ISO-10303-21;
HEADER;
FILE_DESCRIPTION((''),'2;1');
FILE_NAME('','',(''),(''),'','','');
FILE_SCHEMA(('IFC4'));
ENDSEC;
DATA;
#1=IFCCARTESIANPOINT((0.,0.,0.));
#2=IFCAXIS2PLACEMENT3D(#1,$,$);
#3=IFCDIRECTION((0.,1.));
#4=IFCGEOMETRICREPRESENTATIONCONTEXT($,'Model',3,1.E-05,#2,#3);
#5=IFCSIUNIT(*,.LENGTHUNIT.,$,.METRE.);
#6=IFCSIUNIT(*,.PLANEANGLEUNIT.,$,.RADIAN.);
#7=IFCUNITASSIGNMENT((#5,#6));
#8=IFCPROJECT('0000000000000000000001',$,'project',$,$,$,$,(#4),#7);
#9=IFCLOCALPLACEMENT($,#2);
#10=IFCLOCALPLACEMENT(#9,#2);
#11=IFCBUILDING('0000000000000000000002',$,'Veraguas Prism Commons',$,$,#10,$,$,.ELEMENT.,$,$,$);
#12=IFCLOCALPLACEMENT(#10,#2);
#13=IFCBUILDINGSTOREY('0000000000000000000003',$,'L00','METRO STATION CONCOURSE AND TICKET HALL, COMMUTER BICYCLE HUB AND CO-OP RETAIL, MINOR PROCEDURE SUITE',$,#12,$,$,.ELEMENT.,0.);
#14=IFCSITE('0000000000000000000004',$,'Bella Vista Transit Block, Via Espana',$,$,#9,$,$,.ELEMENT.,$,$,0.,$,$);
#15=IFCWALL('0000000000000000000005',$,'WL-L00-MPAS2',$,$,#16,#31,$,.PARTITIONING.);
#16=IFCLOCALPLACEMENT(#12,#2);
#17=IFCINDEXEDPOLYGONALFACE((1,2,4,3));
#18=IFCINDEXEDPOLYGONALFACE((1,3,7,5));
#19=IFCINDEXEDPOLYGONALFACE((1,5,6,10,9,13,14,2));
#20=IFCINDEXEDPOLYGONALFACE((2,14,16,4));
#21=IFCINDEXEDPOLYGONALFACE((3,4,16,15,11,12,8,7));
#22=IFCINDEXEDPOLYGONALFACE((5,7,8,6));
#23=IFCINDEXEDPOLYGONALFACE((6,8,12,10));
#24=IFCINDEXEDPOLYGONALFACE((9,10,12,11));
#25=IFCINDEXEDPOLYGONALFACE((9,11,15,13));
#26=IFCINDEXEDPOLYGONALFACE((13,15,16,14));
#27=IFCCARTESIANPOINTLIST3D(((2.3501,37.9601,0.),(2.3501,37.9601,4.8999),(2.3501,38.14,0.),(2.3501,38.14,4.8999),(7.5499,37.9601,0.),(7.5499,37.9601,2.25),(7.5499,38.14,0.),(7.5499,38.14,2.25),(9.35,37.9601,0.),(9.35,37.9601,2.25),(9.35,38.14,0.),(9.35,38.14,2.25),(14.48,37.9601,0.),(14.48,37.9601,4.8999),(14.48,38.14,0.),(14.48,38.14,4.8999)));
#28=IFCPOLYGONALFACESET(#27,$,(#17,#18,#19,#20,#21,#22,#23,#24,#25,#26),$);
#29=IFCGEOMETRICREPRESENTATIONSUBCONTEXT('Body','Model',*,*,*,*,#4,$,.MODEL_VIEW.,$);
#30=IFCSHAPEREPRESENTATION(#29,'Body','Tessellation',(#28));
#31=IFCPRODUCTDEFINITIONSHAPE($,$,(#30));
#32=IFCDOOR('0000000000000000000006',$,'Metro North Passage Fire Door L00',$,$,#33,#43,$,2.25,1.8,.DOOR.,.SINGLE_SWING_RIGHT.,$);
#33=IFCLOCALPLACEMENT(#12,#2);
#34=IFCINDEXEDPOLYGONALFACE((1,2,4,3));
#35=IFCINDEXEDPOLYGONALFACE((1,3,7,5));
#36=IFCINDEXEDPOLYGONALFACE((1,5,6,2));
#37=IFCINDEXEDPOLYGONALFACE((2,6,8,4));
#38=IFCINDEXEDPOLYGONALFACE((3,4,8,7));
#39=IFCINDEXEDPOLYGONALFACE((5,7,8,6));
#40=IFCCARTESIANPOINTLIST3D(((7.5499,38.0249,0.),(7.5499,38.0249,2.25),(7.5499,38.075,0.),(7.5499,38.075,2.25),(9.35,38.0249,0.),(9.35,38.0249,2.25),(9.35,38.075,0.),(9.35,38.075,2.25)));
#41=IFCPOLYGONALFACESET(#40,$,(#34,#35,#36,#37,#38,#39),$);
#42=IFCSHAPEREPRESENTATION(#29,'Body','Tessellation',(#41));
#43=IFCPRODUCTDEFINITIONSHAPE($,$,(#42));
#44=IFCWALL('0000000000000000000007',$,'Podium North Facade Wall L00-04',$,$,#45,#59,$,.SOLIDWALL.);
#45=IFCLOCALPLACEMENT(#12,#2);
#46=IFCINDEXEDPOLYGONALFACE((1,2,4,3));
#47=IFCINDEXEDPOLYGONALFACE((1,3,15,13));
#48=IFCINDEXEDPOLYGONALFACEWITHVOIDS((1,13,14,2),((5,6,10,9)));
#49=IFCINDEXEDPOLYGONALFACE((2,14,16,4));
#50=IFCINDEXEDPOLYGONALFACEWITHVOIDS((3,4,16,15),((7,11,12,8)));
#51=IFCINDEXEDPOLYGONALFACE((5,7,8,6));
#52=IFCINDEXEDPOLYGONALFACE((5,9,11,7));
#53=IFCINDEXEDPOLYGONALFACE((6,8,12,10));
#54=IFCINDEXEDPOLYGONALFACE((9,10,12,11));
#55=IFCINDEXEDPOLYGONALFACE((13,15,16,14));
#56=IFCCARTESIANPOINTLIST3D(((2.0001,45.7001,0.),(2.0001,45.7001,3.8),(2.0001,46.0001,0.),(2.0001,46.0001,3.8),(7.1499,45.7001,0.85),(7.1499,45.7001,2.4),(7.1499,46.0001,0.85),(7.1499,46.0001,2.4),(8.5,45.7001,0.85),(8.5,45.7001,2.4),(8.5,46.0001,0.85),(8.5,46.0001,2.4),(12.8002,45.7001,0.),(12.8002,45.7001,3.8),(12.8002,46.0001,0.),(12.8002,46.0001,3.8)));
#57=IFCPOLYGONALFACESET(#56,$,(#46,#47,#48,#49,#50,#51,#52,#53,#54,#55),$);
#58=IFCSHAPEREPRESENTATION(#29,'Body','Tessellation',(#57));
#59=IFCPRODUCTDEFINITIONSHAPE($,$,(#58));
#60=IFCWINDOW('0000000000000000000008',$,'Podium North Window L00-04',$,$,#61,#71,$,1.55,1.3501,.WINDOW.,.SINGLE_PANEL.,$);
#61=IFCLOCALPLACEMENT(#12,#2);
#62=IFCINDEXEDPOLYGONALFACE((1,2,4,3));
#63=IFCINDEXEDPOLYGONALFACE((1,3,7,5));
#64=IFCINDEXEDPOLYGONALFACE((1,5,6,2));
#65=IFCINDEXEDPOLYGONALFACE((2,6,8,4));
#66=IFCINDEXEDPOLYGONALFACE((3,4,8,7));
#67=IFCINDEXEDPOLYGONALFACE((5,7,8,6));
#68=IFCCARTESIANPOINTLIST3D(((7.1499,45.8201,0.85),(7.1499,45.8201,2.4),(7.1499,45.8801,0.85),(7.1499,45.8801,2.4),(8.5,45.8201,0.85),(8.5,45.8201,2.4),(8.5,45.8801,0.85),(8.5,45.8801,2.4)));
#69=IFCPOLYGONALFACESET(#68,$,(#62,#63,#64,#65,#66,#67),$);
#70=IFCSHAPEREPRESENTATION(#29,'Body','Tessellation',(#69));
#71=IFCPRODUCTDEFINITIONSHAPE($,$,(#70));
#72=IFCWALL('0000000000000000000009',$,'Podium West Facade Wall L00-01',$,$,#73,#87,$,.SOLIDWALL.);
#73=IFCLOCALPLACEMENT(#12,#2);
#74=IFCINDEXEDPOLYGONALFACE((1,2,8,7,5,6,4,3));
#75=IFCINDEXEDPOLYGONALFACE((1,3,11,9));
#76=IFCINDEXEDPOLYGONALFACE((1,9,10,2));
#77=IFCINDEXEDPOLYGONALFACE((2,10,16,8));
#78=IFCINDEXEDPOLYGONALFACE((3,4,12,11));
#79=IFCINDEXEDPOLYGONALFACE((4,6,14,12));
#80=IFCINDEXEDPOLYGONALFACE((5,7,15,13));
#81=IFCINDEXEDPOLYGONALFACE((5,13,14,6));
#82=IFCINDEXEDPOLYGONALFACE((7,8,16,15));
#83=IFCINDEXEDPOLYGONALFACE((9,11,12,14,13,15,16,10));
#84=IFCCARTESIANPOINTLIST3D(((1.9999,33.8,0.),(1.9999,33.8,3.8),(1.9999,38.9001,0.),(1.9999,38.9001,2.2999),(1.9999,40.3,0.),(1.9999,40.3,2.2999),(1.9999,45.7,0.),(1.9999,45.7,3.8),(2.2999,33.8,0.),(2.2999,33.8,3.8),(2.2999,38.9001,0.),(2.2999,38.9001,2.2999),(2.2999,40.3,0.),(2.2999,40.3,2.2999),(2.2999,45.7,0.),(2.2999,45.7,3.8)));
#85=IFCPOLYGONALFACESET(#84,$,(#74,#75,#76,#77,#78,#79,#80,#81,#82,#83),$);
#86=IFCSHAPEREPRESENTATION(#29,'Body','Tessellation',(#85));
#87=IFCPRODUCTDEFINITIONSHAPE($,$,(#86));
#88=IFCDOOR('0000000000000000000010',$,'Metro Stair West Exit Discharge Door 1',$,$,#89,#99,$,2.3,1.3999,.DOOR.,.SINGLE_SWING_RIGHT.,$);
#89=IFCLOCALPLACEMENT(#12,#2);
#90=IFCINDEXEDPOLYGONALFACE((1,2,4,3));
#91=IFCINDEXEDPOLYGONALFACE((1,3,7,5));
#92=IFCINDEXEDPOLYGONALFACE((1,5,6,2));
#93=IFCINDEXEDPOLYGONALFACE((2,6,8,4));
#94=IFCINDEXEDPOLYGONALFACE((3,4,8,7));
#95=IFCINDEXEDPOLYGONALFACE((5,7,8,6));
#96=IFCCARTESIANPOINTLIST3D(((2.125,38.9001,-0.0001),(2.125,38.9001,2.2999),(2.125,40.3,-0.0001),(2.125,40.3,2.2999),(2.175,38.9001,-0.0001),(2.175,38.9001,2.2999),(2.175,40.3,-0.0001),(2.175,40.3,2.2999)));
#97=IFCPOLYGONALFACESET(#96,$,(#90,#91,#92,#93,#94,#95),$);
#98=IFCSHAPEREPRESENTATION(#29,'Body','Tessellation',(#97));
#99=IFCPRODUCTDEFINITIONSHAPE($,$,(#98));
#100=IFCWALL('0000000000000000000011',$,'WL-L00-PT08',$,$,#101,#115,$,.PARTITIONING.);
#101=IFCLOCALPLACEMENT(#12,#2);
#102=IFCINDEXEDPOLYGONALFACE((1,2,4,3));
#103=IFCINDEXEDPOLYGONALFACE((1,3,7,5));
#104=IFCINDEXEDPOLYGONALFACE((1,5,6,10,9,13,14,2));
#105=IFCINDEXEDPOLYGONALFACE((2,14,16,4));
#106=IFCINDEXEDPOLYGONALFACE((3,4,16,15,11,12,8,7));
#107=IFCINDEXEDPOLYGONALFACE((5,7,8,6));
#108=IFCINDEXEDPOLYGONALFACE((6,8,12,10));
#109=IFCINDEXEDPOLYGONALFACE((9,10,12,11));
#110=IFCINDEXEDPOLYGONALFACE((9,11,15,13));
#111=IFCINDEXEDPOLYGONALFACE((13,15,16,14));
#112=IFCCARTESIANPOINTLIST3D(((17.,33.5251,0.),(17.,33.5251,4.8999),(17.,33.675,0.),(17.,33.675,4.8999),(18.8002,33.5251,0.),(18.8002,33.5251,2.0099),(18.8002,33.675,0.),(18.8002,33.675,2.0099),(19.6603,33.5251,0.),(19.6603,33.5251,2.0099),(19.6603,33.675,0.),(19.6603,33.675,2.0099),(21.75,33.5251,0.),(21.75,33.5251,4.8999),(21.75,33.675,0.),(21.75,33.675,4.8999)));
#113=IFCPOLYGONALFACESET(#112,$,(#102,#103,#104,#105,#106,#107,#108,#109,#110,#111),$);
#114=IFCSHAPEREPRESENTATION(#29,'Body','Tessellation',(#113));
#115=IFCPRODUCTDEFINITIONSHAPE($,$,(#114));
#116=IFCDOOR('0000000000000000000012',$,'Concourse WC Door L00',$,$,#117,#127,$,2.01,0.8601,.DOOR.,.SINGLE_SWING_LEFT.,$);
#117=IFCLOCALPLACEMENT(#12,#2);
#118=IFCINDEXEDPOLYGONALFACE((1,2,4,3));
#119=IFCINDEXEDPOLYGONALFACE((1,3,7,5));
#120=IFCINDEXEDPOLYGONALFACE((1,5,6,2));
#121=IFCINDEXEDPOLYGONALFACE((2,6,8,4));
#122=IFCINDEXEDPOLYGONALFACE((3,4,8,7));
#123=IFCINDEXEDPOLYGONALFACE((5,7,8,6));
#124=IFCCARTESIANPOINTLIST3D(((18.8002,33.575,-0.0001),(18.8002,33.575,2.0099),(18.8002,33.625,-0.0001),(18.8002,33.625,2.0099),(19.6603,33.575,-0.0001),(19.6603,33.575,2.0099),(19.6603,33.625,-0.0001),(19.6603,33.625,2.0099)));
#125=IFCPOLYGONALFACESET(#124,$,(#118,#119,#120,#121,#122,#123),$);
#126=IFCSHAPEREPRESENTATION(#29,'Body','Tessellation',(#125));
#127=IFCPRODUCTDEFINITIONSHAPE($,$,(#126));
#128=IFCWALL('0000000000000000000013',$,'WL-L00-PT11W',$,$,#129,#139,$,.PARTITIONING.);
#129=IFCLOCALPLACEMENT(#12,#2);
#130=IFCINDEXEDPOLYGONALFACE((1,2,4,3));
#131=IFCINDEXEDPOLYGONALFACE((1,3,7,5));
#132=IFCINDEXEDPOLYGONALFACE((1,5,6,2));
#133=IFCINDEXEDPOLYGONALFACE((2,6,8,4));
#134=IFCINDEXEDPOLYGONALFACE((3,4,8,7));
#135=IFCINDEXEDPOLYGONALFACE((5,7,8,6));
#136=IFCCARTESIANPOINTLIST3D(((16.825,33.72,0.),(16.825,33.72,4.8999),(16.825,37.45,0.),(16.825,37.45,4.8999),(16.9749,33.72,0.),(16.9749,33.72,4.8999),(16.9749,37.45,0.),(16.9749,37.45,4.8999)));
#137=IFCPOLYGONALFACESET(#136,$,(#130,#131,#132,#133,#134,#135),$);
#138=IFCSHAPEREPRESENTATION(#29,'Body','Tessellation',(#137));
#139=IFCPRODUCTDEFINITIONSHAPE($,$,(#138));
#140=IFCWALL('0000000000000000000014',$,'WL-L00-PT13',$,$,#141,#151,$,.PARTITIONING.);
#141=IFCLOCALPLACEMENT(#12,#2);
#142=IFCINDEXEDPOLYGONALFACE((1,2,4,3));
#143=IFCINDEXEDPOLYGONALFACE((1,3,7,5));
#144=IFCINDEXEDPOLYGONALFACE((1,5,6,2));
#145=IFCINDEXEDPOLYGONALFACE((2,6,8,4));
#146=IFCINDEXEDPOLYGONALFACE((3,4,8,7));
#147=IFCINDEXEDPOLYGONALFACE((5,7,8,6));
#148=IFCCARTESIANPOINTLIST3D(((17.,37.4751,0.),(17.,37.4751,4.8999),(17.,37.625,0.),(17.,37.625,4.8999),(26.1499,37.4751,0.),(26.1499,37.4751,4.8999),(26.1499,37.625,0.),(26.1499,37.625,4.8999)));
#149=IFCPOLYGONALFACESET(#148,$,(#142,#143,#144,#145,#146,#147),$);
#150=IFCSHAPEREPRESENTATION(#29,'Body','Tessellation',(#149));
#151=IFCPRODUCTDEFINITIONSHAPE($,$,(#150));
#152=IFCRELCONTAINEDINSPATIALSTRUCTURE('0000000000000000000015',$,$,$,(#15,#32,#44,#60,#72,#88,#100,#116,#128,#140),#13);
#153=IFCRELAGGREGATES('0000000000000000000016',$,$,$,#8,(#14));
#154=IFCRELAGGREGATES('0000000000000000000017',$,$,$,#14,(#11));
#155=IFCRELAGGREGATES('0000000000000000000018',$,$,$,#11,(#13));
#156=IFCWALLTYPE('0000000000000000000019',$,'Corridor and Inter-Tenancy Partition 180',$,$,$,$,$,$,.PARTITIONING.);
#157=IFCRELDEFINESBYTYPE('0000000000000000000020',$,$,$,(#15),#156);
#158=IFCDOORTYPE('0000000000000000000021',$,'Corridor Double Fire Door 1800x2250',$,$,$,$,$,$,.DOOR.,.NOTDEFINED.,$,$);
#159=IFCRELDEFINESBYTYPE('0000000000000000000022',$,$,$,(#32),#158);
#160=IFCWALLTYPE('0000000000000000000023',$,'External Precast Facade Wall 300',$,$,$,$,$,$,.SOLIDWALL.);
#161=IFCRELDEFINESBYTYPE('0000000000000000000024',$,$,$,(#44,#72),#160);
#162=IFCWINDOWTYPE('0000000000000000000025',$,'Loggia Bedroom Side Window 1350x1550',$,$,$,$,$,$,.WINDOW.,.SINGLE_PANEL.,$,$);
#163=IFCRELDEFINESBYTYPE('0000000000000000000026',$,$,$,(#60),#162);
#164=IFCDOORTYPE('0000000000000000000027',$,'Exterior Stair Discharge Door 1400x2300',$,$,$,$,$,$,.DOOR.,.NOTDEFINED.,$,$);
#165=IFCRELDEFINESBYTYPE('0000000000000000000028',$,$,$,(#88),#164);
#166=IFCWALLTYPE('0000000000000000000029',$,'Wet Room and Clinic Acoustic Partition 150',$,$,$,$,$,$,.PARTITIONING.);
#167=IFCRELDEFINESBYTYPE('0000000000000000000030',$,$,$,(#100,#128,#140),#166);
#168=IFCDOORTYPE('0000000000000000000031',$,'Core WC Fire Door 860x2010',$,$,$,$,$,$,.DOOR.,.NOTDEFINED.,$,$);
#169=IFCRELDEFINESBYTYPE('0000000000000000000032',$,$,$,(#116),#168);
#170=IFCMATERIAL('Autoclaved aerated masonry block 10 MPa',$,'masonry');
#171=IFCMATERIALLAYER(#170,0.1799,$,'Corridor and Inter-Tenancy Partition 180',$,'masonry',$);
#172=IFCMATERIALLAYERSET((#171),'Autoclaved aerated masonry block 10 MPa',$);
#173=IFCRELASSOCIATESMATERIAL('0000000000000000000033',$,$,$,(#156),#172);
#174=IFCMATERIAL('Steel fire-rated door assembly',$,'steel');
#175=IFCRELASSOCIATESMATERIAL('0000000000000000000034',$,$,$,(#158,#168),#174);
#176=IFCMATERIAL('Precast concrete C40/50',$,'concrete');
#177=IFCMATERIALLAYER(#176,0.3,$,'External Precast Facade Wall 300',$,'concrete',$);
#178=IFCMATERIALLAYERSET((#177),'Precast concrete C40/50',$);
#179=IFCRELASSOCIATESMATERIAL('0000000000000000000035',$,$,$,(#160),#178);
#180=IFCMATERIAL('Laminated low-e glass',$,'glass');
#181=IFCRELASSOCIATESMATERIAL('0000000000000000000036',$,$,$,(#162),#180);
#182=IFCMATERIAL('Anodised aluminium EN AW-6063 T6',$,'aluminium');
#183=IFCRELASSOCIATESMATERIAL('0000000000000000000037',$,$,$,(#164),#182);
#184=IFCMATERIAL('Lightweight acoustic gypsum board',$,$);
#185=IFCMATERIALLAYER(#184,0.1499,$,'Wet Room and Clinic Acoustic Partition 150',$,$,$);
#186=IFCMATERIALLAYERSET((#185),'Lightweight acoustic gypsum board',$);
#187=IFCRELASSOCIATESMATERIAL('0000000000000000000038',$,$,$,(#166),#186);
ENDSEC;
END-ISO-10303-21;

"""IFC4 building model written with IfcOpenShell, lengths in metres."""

from ifc_helpers import new_model, si_unit, direction, frame, frame_2d, origin, place, context, subcontext, project, spatial, rectangle, extrude, source, transform, mapped, material, layer, layer_set, type_object, element, fill, save


model = new_model("IFC4")

# Units and contexts
model_context = context("Model", 3, precision=1e-05, world=origin(), true_north=direction((0.0, 1.0)))
body_context = subcontext(model_context, "Body", "Model", "MODEL_VIEW")
ifc_project = project(units=[si_unit("LENGTHUNIT", "METRE"), si_unit("PLANEANGLEUNIT", "RADIAN")], contexts=[model_context])

# Site, building, storey
site_placement = place(None, origin())
site = spatial("IfcSite", under=ifc_project, at=site_placement, Name="Bella Vista Transit Block, Via Espana", CompositionType="ELEMENT", RefElevation=0.0)
building_placement = place(site_placement, origin())
building = spatial("IfcBuilding", under=site, at=building_placement, Name="Veraguas Prism Commons", CompositionType="ELEMENT")
storey_placement = place(building_placement, origin())
storey = spatial("IfcBuildingStorey", under=building, at=storey_placement, Name="L00", Description="METRO STATION CONCOURSE AND TICKET HALL, COMMUTER BICYCLE HUB AND CO-OP RETAIL, MINOR PROCEDURE SUITE", CompositionType="ELEMENT", Elevation=0.0)

# Shared definitions
ifc_material_1 = material(Name="Steel fire-rated door assembly", Category="steel")

# Wall, opening, door
ifc_material_2 = material(Name="Autoclaved aerated masonry block 10 MPa", Category="masonry")
ifc_layer_1 = layer(ifc_material_2, 0.1799, Name="Corridor and Inter-Tenancy Partition 180", Category="masonry")
ifc_layer_set_1 = layer_set([ifc_layer_1], Name="Autoclaved aerated masonry block 10 MPa")
wall_type_1 = type_object("IfcWallType", Name="Corridor and Inter-Tenancy Partition 180", PredefinedType="PARTITIONING", material=ifc_layer_set_1)
wall_1_placement = place(storey_placement, frame((2.3501, 38.05, 0.0), z_axis=(0.0, 0.0, 1.0), x_axis=(1.0, 0.0, 0.0)))
wall_1 = element("IfcWall", 1, at=wall_1_placement, inside=storey, type_object=wall_type_1, Name="WL-L00-MPAS2", PredefinedType="PARTITIONING", context=body_context, shape_type="SweptSolid", body=[
    extrude(rectangle(XDim=12.1299, YDim=0.1799, at=frame_2d((6.0649, 0.0))), origin(), (0.0, 0.0, 1.0), 4.8999),
])
opening_1_placement = place(wall_1_placement, frame((5.2, 0.0, 0.0)))
opening_1 = element("IfcOpeningElement", 2, at=opening_1_placement, cuts=wall_1, PredefinedType="OPENING", context=body_context, shape_type="SweptSolid", body=[
    extrude(rectangle(XDim=1.8, YDim=2.25, at=frame_2d((0.8999, 1.125))), frame((0.0, 0.0999, 0.0), z_axis=(0.0, -1.0, 0.0), x_axis=(1.0, 0.0, 0.0)), (0.0, 0.0, 1.0), 0.2),
])
door_type_1 = type_object("IfcDoorType", Name="Corridor Double Fire Door 1800x2250", OperationType="NOTDEFINED", PredefinedType="DOOR", material=ifc_material_1)
shared_shape_1 = source(origin(), body_context, "Body", "SweptSolid", [
    extrude(rectangle(XDim=1.8, YDim=2.25, at=frame_2d((0.8999, 1.125))), frame((0.0, 0.0249, 0.0), z_axis=(0.0, -1.0, 0.0), x_axis=(1.0, 0.0, 0.0)), (0.0, 0.0, 1.0), 0.05),
])
door_1_placement = place(opening_1_placement, origin())
door_1 = element("IfcDoor", 3, at=door_1_placement, inside=storey, type_object=door_type_1, Name="Metro North Passage Fire Door L00", OperationType="SINGLE_SWING_RIGHT", OverallHeight=2.25, OverallWidth=1.8, PredefinedType="DOOR", context=body_context, shape_type="MappedRepresentation", body=[
    mapped(shared_shape_1, transform((0.0, 0.0, 0.0), scale=1.0)),
])
fill(opening_1, door_1)

# Wall, opening, window
ifc_material_3 = material(Name="Precast concrete C40/50", Category="concrete")
ifc_layer_2 = layer(ifc_material_3, 0.3, Name="External Precast Facade Wall 300", Category="concrete")
ifc_layer_set_2 = layer_set([ifc_layer_2], Name="Precast concrete C40/50")
wall_type_2 = type_object("IfcWallType", Name="External Precast Facade Wall 300", PredefinedType="SOLIDWALL", material=ifc_layer_set_2)
wall_2_placement = place(storey_placement, frame((12.8, 45.8501, 0.0), z_axis=(0.0, 0.0, 1.0), x_axis=(-1.0, 0.0, 0.0)))
wall_2 = element("IfcWall", 4, at=wall_2_placement, inside=storey, type_object=wall_type_2, Name="Podium North Facade Wall L00-04", PredefinedType="SOLIDWALL", context=body_context, shape_type="SweptSolid", body=[
    extrude(rectangle(XDim=10.8, YDim=0.3, at=frame_2d((5.3999, 0.0))), origin(), (0.0, 0.0, 1.0), 3.8),
])
opening_2_placement = place(wall_2_placement, frame((4.3, 0.0, 0.8501)))
opening_2 = element("IfcOpeningElement", 5, at=opening_2_placement, cuts=wall_2, PredefinedType="OPENING", context=body_context, shape_type="SweptSolid", body=[
    extrude(rectangle(XDim=1.3501, YDim=1.55, at=frame_2d((0.675, 0.7749))), frame((0.0, 0.1599, 0.0), z_axis=(0.0, -1.0, 0.0), x_axis=(1.0, 0.0, 0.0)), (0.0, 0.0, 1.0), 0.3201),
])
ifc_material_4 = material(Name="Laminated low-e glass", Category="glass")
window_type = type_object("IfcWindowType", Name="Loggia Bedroom Side Window 1350x1550", PartitioningType="SINGLE_PANEL", PredefinedType="WINDOW", material=ifc_material_4)
shared_shape_2 = source(origin(), body_context, "Body", "SweptSolid", [
    extrude(rectangle(XDim=1.3501, YDim=1.55, at=frame_2d((0.675, 0.7749))), frame((0.0, 0.03, 0.0), z_axis=(0.0, -1.0, 0.0), x_axis=(1.0, 0.0, 0.0)), (0.0, 0.0, 1.0), 0.0601),
])
window_placement = place(opening_2_placement, origin())
window = element("IfcWindow", 6, at=window_placement, inside=storey, type_object=window_type, Name="Podium North Window L00-04", OverallHeight=1.55, OverallWidth=1.3501, PartitioningType="SINGLE_PANEL", PredefinedType="WINDOW", context=body_context, shape_type="MappedRepresentation", body=[
    mapped(shared_shape_2, transform((0.0, 0.0, 0.0), scale=1.0)),
])
fill(opening_2, window)

# Walls, openings, doors
wall_3_placement = place(storey_placement, frame((2.1499, 45.7, 0.0), z_axis=(0.0, 0.0, 1.0), x_axis=(0.0, -1.0, 0.0)))
wall_3 = element("IfcWall", 7, at=wall_3_placement, inside=storey, type_object=wall_type_2, Name="Podium West Facade Wall L00-01", PredefinedType="SOLIDWALL", context=body_context, shape_type="SweptSolid", body=[
    extrude(rectangle(XDim=11.8999, YDim=0.3, at=frame_2d((5.95, 0.0))), origin(), (0.0, 0.0, 1.0), 3.8),
])
opening_3_placement = place(wall_3_placement, frame((5.3999, 0.0, 0.0)))
opening_3 = element("IfcOpeningElement", 8, at=opening_3_placement, cuts=wall_3, PredefinedType="OPENING", context=body_context, shape_type="SweptSolid", body=[
    extrude(rectangle(XDim=1.3999, YDim=2.3, at=frame_2d((0.7, 1.1499))), frame((0.0, 0.1599, 0.0), z_axis=(0.0, -1.0, 0.0), x_axis=(1.0, 0.0, 0.0)), (0.0, 0.0, 1.0), 0.3201),
])
ifc_material_5 = material(Name="Anodised aluminium EN AW-6063 T6", Category="aluminium")
door_type_2 = type_object("IfcDoorType", Name="Exterior Stair Discharge Door 1400x2300", OperationType="NOTDEFINED", PredefinedType="DOOR", material=ifc_material_5)
shared_shape_3 = source(origin(), body_context, "Body", "SweptSolid", [
    extrude(rectangle(XDim=1.3999, YDim=2.3, at=frame_2d((0.7, 1.1499))), frame((0.0, 0.0249, 0.0), z_axis=(0.0, -1.0, 0.0), x_axis=(1.0, 0.0, 0.0)), (0.0, 0.0, 1.0), 0.05),
])
door_2_placement = place(opening_3_placement, frame((1.3999, 0.0, 0.0), z_axis=(0.0, 0.0, 1.0), x_axis=(-1.0, 0.0, 0.0)))
door_2 = element("IfcDoor", 9, at=door_2_placement, inside=storey, type_object=door_type_2, Name="Metro Stair West Exit Discharge Door 1", OperationType="SINGLE_SWING_RIGHT", OverallHeight=2.3, OverallWidth=1.3999, PredefinedType="DOOR", context=body_context, shape_type="MappedRepresentation", body=[
    mapped(shared_shape_3, transform((0.0, 0.0, 0.0), scale=1.0)),
])
fill(opening_3, door_2)
ifc_material_6 = material(Name="Lightweight acoustic gypsum board")
ifc_layer_3 = layer(ifc_material_6, 0.1499, Name="Wet Room and Clinic Acoustic Partition 150")
ifc_layer_set_3 = layer_set([ifc_layer_3], Name="Lightweight acoustic gypsum board")
wall_type_3 = type_object("IfcWallType", Name="Wet Room and Clinic Acoustic Partition 150", PredefinedType="PARTITIONING", material=ifc_layer_set_3)
wall_4_placement = place(storey_placement, frame((17.0, 33.6001, 0.0), z_axis=(0.0, 0.0, 1.0), x_axis=(1.0, 0.0, 0.0)))
wall_4 = element("IfcWall", 10, at=wall_4_placement, inside=storey, type_object=wall_type_3, Name="WL-L00-PT08", PredefinedType="PARTITIONING", context=body_context, shape_type="SweptSolid", body=[
    extrude(rectangle(XDim=4.75, YDim=0.1499, at=frame_2d((2.375, 0.0))), origin(), (0.0, 0.0, 1.0), 4.8999),
])
opening_4_placement = place(wall_4_placement, frame((1.8, 0.0, 0.0)))
opening_4 = element("IfcOpeningElement", 11, at=opening_4_placement, cuts=wall_4, PredefinedType="OPENING", context=body_context, shape_type="SweptSolid", body=[
    extrude(rectangle(XDim=0.8601, YDim=2.01, at=frame_2d((0.4302, 1.0049))), frame((0.0, 0.085, 0.0), z_axis=(0.0, -1.0, 0.0), x_axis=(1.0, 0.0, 0.0)), (0.0, 0.0, 1.0), 0.1699),
])
door_type_3 = type_object("IfcDoorType", Name="Core WC Fire Door 860x2010", OperationType="NOTDEFINED", PredefinedType="DOOR", material=ifc_material_1)
shared_shape_4 = source(origin(), body_context, "Body", "SweptSolid", [
    extrude(rectangle(XDim=0.8601, YDim=2.01, at=frame_2d((0.4302, 1.0049))), frame((0.0, 0.0249, 0.0), z_axis=(0.0, -1.0, 0.0), x_axis=(1.0, 0.0, 0.0)), (0.0, 0.0, 1.0), 0.05),
])
door_3_placement = place(opening_4_placement, origin())
door_3 = element("IfcDoor", 12, at=door_3_placement, inside=storey, type_object=door_type_3, Name="Concourse WC Door L00", OperationType="SINGLE_SWING_LEFT", OverallHeight=2.01, OverallWidth=0.8601, PredefinedType="DOOR", context=body_context, shape_type="MappedRepresentation", body=[
    mapped(shared_shape_4, transform((0.0, 0.0, 0.0), scale=1.0)),
])
fill(opening_4, door_3)

# Walls
wall_5_placement = place(storey_placement, frame((16.8999, 33.72, 0.0), z_axis=(0.0, 0.0, 1.0), x_axis=(0.0, 1.0, 0.0)))
element("IfcWall", 13, at=wall_5_placement, inside=storey, type_object=wall_type_3, Name="WL-L00-PT11W", PredefinedType="PARTITIONING", context=body_context, shape_type="SweptSolid", body=[
    extrude(rectangle(XDim=3.73, YDim=0.1499, at=frame_2d((1.865, 0.0))), origin(), (0.0, 0.0, 1.0), 4.8999),
])
wall_6_placement = place(storey_placement, frame((17.0, 37.55, 0.0), z_axis=(0.0, 0.0, 1.0), x_axis=(1.0, 0.0, 0.0)))
element("IfcWall", 14, at=wall_6_placement, inside=storey, type_object=wall_type_3, Name="WL-L00-PT13", PredefinedType="PARTITIONING", context=body_context, shape_type="SweptSolid", body=[
    extrude(rectangle(XDim=9.1499, YDim=0.1499, at=frame_2d((4.575, 0.0))), origin(), (0.0, 0.0, 1.0), 4.8999),
])

save(model, "model.ifc")
